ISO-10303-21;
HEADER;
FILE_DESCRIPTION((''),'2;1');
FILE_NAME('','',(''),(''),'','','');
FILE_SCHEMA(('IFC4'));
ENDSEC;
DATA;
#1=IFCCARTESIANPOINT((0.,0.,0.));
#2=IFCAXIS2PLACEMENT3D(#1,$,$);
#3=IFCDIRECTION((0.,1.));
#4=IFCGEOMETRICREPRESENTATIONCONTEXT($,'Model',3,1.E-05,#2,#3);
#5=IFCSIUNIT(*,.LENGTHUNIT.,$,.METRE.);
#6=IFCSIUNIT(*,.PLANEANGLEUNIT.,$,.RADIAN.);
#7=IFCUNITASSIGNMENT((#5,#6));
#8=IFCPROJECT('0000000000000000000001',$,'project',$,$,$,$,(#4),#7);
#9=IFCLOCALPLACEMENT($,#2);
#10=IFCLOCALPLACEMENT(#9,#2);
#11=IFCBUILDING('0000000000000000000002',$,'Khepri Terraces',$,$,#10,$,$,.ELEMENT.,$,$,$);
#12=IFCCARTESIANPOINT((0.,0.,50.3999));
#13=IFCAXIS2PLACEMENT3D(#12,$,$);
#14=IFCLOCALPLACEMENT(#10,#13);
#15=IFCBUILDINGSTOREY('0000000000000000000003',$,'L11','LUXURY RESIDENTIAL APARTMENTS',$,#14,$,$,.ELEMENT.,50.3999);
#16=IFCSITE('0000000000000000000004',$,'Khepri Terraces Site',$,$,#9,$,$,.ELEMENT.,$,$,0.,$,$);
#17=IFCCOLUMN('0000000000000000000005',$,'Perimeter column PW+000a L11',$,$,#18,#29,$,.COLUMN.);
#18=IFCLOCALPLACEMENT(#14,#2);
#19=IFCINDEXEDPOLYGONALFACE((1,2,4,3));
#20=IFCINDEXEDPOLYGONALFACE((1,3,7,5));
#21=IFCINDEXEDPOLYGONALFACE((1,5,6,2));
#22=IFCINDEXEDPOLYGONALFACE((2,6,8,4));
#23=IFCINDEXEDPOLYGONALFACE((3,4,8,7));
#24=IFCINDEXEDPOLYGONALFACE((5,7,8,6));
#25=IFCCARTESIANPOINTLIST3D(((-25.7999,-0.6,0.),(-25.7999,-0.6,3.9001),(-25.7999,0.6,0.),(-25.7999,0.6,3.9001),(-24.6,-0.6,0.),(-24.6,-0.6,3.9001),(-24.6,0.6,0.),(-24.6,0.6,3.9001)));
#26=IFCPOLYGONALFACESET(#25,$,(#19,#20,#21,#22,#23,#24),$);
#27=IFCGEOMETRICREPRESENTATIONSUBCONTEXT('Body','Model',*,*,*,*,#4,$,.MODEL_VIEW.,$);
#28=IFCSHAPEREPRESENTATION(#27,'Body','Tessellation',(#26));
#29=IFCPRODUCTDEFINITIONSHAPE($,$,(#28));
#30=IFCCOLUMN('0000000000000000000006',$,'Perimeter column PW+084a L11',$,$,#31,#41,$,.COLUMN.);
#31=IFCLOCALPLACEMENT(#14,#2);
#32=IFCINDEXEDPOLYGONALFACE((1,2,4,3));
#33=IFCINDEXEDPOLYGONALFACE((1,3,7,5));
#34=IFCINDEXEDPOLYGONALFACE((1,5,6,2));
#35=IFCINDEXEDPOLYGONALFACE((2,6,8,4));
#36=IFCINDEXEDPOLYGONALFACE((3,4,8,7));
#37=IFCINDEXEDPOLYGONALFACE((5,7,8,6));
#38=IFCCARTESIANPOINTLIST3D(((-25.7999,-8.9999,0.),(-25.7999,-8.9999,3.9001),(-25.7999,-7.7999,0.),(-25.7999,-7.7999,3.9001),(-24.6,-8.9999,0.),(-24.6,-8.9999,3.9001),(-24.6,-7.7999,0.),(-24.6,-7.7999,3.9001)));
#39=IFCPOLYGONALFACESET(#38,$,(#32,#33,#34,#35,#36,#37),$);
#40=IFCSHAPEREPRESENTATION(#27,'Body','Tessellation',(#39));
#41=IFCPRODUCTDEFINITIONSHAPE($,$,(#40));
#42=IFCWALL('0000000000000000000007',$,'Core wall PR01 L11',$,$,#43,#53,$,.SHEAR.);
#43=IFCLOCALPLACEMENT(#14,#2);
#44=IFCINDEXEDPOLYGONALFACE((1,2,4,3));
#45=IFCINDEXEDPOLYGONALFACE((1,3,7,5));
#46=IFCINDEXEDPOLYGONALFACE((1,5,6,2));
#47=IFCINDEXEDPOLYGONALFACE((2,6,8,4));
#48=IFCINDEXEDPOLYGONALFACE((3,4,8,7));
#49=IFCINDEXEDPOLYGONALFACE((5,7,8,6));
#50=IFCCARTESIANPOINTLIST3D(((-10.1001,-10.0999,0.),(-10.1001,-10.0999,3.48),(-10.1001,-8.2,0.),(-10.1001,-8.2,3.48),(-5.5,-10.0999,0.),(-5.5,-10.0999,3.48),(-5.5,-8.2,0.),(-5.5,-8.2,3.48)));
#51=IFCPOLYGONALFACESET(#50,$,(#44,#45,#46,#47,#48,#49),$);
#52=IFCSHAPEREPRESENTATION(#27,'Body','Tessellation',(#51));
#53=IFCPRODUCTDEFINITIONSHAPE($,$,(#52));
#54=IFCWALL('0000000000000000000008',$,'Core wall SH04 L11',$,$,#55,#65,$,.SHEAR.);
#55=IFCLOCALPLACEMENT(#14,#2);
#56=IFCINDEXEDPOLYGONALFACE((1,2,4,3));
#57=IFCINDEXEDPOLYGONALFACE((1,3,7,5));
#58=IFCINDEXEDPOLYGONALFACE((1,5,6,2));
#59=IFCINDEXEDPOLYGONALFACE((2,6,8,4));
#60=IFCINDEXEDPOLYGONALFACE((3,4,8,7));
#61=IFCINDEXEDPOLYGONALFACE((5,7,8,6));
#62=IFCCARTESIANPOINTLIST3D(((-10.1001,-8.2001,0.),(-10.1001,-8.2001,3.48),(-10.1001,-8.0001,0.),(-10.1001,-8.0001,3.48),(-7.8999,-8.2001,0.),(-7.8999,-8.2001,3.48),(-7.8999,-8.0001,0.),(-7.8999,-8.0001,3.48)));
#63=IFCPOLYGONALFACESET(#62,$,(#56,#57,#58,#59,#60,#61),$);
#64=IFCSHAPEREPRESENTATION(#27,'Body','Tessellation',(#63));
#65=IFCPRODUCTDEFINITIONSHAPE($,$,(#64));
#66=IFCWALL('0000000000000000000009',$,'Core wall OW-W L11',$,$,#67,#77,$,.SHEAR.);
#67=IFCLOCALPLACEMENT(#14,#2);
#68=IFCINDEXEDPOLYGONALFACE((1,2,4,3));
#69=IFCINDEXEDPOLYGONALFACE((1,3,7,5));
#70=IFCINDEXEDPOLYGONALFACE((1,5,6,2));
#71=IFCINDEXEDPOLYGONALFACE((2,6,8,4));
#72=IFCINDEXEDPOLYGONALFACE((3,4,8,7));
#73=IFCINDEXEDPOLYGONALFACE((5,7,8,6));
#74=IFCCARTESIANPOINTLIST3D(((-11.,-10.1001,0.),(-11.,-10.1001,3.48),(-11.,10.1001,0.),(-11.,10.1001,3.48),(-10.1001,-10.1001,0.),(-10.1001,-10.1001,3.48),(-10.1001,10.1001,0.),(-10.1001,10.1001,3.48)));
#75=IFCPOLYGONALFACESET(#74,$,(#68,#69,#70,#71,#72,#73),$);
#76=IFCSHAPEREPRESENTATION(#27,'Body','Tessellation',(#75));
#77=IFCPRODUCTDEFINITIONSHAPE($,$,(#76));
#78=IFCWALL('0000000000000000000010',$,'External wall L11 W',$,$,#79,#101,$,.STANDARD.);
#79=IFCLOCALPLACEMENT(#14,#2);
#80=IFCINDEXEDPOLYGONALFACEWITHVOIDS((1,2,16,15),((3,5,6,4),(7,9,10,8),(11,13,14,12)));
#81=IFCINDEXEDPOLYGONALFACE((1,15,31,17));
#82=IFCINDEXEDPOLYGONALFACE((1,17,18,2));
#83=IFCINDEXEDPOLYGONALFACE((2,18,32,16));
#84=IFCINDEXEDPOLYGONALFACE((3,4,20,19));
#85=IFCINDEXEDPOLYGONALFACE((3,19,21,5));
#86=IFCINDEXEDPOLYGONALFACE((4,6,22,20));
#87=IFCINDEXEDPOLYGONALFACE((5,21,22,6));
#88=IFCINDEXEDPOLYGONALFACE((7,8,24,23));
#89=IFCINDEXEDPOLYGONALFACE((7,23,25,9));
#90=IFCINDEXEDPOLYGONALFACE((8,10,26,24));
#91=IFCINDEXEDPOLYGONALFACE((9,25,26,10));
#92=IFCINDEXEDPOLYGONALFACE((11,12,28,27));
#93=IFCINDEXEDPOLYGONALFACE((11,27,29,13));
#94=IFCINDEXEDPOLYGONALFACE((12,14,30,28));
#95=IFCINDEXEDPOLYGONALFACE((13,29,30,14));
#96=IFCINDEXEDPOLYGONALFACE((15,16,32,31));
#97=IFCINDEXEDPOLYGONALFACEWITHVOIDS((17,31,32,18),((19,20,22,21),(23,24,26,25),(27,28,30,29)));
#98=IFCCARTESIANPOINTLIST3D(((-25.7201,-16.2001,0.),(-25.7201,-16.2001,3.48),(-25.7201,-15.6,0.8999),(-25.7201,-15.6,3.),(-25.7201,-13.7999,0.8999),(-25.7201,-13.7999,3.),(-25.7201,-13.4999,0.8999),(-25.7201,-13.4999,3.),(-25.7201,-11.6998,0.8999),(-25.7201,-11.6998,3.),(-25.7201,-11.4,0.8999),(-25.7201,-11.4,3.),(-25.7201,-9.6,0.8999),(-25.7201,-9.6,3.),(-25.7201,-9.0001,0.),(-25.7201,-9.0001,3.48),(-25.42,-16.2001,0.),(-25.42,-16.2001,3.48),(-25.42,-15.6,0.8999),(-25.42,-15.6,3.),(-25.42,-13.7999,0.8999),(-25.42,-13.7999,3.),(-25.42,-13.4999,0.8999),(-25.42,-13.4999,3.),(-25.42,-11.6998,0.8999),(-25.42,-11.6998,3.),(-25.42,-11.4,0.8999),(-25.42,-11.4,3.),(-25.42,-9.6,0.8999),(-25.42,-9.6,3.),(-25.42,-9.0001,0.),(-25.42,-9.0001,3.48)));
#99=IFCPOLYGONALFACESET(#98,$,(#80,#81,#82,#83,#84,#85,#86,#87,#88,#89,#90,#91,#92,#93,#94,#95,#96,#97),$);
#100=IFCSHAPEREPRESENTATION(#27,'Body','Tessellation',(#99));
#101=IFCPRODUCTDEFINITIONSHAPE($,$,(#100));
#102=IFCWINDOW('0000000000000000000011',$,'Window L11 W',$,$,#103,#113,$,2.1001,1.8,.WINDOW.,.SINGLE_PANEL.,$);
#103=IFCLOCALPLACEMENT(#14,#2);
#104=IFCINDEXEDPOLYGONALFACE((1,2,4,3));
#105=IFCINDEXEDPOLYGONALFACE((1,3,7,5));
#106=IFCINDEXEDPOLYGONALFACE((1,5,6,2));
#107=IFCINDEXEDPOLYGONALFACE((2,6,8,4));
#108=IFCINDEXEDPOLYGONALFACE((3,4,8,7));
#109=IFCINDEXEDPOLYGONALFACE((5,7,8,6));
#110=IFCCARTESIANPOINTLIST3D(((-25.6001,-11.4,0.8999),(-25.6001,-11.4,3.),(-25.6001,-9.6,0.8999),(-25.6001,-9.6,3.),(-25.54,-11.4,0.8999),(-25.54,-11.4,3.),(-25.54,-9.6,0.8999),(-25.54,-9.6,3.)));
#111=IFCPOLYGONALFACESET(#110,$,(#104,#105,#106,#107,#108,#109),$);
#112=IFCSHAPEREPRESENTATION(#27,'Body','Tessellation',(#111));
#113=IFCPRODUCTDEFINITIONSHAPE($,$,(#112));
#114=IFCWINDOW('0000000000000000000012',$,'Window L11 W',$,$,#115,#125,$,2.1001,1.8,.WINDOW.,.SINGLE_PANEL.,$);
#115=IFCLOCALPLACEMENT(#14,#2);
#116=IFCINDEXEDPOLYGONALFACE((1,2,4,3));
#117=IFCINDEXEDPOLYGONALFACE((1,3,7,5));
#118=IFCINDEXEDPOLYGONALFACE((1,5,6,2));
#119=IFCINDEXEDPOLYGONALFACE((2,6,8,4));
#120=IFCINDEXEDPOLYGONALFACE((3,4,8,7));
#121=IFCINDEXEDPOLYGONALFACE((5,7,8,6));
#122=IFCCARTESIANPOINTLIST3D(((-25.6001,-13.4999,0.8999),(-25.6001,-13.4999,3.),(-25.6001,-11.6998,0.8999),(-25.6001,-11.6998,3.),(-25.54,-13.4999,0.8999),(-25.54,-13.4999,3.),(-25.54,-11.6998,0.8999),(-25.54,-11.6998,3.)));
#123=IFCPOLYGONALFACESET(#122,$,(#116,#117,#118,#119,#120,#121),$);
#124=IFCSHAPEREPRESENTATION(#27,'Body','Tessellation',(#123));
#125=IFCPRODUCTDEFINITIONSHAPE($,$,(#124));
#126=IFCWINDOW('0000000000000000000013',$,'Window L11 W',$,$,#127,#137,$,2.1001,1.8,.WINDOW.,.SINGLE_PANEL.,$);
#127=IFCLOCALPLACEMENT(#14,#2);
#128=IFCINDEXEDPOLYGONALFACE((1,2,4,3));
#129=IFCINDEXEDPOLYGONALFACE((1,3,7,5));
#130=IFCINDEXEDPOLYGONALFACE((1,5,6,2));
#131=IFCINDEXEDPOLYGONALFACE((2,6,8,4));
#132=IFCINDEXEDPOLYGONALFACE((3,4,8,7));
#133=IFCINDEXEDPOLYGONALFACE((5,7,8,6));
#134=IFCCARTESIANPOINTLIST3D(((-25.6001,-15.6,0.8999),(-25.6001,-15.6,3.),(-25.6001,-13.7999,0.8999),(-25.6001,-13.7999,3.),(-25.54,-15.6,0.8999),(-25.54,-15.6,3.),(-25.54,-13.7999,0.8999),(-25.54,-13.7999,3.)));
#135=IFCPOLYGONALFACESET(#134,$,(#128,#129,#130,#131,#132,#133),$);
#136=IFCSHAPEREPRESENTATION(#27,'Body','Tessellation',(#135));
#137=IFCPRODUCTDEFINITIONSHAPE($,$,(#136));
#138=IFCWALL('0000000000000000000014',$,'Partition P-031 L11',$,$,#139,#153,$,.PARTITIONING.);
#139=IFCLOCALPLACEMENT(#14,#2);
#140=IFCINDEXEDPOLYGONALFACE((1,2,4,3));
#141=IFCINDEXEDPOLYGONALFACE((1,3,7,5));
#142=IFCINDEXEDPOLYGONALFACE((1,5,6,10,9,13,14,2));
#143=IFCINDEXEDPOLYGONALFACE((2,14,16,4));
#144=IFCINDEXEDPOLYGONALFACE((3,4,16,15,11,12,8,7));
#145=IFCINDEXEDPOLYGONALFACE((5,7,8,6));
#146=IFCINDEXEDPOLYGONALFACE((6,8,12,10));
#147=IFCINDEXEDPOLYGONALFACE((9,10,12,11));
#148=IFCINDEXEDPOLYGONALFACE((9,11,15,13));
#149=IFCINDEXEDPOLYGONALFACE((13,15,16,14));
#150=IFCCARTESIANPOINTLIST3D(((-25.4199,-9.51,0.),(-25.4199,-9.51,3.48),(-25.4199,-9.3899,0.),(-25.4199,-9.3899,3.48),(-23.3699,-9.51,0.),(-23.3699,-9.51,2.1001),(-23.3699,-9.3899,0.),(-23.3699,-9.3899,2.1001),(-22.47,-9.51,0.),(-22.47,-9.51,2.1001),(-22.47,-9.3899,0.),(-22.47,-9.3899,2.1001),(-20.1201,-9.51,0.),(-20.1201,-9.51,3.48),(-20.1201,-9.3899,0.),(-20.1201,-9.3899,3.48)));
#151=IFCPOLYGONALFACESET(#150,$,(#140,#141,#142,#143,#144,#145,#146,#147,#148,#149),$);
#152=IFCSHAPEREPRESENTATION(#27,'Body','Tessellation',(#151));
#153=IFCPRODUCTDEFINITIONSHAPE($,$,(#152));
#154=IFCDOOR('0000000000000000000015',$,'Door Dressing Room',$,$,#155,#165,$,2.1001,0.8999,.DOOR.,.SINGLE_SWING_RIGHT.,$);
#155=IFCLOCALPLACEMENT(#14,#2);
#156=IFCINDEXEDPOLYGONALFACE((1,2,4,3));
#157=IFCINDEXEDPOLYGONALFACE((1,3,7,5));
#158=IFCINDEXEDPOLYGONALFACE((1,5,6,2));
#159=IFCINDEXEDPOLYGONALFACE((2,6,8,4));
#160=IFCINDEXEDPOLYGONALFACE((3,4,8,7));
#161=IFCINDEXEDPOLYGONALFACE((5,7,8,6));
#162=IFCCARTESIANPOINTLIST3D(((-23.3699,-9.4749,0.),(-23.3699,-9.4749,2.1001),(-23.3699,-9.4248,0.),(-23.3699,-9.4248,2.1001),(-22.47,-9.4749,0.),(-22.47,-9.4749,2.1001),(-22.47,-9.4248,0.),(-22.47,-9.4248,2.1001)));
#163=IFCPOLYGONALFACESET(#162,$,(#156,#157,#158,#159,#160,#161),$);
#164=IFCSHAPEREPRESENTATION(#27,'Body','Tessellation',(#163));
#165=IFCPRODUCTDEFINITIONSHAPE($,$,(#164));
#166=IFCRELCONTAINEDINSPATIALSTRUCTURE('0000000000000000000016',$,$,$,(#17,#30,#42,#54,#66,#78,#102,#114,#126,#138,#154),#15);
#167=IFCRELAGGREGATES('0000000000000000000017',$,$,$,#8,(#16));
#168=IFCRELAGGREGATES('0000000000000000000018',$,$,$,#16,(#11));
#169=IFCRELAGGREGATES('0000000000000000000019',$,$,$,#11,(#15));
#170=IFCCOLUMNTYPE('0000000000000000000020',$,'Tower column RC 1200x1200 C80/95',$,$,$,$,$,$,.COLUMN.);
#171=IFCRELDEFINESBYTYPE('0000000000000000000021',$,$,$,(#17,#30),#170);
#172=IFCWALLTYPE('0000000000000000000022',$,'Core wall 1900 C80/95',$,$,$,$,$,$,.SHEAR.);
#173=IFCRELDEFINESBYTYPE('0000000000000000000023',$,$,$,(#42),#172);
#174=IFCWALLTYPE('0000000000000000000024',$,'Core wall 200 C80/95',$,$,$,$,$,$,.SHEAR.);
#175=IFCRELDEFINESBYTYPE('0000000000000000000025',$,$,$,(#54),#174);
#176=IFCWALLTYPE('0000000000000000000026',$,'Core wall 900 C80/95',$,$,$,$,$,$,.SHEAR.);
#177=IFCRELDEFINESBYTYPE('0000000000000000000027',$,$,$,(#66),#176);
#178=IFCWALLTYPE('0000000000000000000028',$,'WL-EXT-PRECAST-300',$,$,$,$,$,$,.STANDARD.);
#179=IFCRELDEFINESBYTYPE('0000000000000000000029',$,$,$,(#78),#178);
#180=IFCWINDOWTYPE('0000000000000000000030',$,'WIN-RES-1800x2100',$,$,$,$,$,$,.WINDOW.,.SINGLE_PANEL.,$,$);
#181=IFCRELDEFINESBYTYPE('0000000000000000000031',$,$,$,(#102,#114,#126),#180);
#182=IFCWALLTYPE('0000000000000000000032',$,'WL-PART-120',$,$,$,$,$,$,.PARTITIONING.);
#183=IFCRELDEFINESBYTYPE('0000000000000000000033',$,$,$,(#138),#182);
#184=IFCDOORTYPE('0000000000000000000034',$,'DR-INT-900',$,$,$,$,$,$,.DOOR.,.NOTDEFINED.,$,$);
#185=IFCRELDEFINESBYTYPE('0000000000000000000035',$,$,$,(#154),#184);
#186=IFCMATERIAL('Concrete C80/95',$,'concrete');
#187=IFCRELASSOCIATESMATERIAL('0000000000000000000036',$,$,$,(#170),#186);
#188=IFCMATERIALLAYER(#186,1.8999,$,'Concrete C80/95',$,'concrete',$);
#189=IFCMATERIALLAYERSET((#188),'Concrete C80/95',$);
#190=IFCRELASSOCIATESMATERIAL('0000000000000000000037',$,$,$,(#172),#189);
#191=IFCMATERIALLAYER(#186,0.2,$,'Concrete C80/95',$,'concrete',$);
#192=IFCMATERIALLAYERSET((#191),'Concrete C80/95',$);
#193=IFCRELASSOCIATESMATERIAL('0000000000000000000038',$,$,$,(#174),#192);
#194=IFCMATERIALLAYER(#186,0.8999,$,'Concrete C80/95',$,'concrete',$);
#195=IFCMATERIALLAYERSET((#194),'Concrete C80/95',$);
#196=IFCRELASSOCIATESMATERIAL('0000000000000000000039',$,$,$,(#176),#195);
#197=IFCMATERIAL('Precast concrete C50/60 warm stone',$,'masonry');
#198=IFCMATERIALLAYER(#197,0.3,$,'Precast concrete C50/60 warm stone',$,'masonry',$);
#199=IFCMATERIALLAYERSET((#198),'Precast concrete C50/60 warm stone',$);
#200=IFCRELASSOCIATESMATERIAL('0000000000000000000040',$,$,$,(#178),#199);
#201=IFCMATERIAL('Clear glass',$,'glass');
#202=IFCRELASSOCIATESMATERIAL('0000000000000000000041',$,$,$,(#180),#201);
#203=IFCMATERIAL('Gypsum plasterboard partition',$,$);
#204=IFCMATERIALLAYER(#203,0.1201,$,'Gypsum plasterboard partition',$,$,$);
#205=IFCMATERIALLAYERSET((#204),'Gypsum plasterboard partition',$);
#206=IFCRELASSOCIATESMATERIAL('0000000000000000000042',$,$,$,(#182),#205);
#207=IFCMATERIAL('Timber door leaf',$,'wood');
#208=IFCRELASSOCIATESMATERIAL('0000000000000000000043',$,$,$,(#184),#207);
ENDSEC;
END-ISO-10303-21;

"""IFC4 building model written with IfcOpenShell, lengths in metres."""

from ifc_helpers import new_model, si_unit, direction, frame, frame_2d, origin, origin_2d, place, context, subcontext, project, spatial, rectangle, extrude, material, layer, layer_set, material_profile, profile_set, type_object, element, fill, save


model = new_model("IFC4")

# Units and contexts
model_context = context("Model", 3, precision=1e-05, world=origin(), true_north=direction((0.0, 1.0)))
body_context = subcontext(model_context, "Body", "Model", "MODEL_VIEW")
ifc_project = project(units=[si_unit("LENGTHUNIT", "METRE"), si_unit("PLANEANGLEUNIT", "RADIAN")], contexts=[model_context])

# Site, building, storey
site_placement = place(None, origin())
site = spatial("IfcSite", under=ifc_project, at=site_placement, Name="Khepri Terraces Site", CompositionType="ELEMENT", RefElevation=0.0)
building_placement = place(site_placement, origin())
building = spatial("IfcBuilding", under=site, at=building_placement, Name="Khepri Terraces", CompositionType="ELEMENT")
storey_placement = place(building_placement, frame((0.0, 0.0, 50.3999)))
storey = spatial("IfcBuildingStorey", under=building, at=storey_placement, Name="L11", Description="LUXURY RESIDENTIAL APARTMENTS", CompositionType="ELEMENT", Elevation=50.3999)

# Columns
ifc_material_1 = material(Name="Concrete C80/95", Category="concrete")
ifc_material_profile = material_profile(ifc_material_1, rectangle(XDim=1.2, YDim=1.2, at=origin_2d()), Name="Concrete C80/95", Category="concrete")
ifc_profile_set = profile_set([ifc_material_profile], Name="Concrete C80/95")
column_type = type_object("IfcColumnType", Name="Tower column RC 1200x1200 C80/95", PredefinedType="COLUMN", material=ifc_profile_set)
for number, where, z_axis, x_axis, name in (
    (1, (-25.2, 0.0, 0.0), (0.0, 0.0, 1.0), (1.0, 0.0, 0.0), "Perimeter column PW+000a L11"),
    (2, (-25.2, -8.3999, 0.0), (0.0, 0.0, 1.0), (1.0, 0.0, 0.0), "Perimeter column PW+084a L11"),
):
    element("IfcColumn", number, at=place(storey_placement, frame(where, z_axis=z_axis, x_axis=x_axis)), inside=storey, type_object=column_type, Name=name, PredefinedType="COLUMN", context=body_context, shape_type="SweptSolid", body=[
        extrude(rectangle(XDim=1.2, YDim=1.2, at=origin_2d()), origin(), (0.0, 0.0, 1.0), 3.9001),
    ])

# Walls
ifc_layer_1 = layer(ifc_material_1, 1.8999, Name="Concrete C80/95", Category="concrete")
ifc_layer_set_1 = layer_set([ifc_layer_1], Name="Concrete C80/95")
wall_type_1 = type_object("IfcWallType", Name="Core wall 1900 C80/95", PredefinedType="SHEAR", material=ifc_layer_set_1)
wall_1_placement = place(storey_placement, frame((-10.1001, -9.1499, 0.0), z_axis=(0.0, 0.0, 1.0), x_axis=(1.0, 0.0, 0.0)))
element("IfcWall", 3, at=wall_1_placement, inside=storey, type_object=wall_type_1, Name="Core wall PR01 L11", PredefinedType="SHEAR", context=body_context, shape_type="SweptSolid", body=[
    extrude(rectangle(XDim=4.6001, YDim=1.8999, at=frame_2d((2.3, 0.0))), origin(), (0.0, 0.0, 1.0), 3.48),
])
ifc_layer_2 = layer(ifc_material_1, 0.2, Name="Concrete C80/95", Category="concrete")
ifc_layer_set_2 = layer_set([ifc_layer_2], Name="Concrete C80/95")
wall_type_2 = type_object("IfcWallType", Name="Core wall 200 C80/95", PredefinedType="SHEAR", material=ifc_layer_set_2)
wall_2_placement = place(storey_placement, frame((-10.1001, -8.1001, 0.0), z_axis=(0.0, 0.0, 1.0), x_axis=(1.0, 0.0, 0.0)))
element("IfcWall", 4, at=wall_2_placement, inside=storey, type_object=wall_type_2, Name="Core wall SH04 L11", PredefinedType="SHEAR", context=body_context, shape_type="SweptSolid", body=[
    extrude(rectangle(XDim=2.2002, YDim=0.2, at=frame_2d((1.1001, 0.0))), origin(), (0.0, 0.0, 1.0), 3.48),
])
ifc_layer_3 = layer(ifc_material_1, 0.8999, Name="Concrete C80/95", Category="concrete")
ifc_layer_set_3 = layer_set([ifc_layer_3], Name="Concrete C80/95")
wall_type_3 = type_object("IfcWallType", Name="Core wall 900 C80/95", PredefinedType="SHEAR", material=ifc_layer_set_3)
wall_3_placement = place(storey_placement, frame((-10.55, -10.1001, 0.0), z_axis=(0.0, 0.0, 1.0), x_axis=(0.0, 1.0, 0.0)))
element("IfcWall", 5, at=wall_3_placement, inside=storey, type_object=wall_type_3, Name="Core wall OW-W L11", PredefinedType="SHEAR", context=body_context, shape_type="SweptSolid", body=[
    extrude(rectangle(XDim=20.2002, YDim=0.8999, at=frame_2d((10.1001, 0.0))), origin(), (0.0, 0.0, 1.0), 3.48),
])

# Shared definitions
ifc_material_2 = material(Name="Precast concrete C50/60 warm stone", Category="masonry")
ifc_layer_4 = layer(ifc_material_2, 0.3, Name="Precast concrete C50/60 warm stone", Category="masonry")
ifc_layer_set_4 = layer_set([ifc_layer_4], Name="Precast concrete C50/60 warm stone")
wall_type_4 = type_object("IfcWallType", Name="WL-EXT-PRECAST-300", PredefinedType="STANDARD", material=ifc_layer_set_4)
ifc_material_3 = material(Name="Clear glass", Category="glass")
window_type = type_object("IfcWindowType", Name="WIN-RES-1800x2100", PartitioningType="SINGLE_PANEL", PredefinedType="WINDOW", material=ifc_material_3)

# Wall, openings, windows
wall_4_placement = place(storey_placement, frame((-25.5701, -9.0, 0.0), z_axis=(0.0, 0.0, 1.0), x_axis=(0.0, -1.0, 0.0)))
wall_4 = element("IfcWall", 6, at=wall_4_placement, inside=storey, type_object=wall_type_4, Name="External wall L11 W", PredefinedType="STANDARD", context=body_context, shape_type="SweptSolid", body=[
    extrude(rectangle(XDim=7.2, YDim=0.3, at=frame_2d((3.6001, 0.0))), origin(), (0.0, 0.0, 1.0), 3.48),
])
opening_1_placement = place(wall_4_placement, frame((0.6001, 0.0, 0.8999)))
opening_1 = element("IfcOpeningElement", 7, at=opening_1_placement, cuts=wall_4, PredefinedType="OPENING", context=body_context, shape_type="SweptSolid", body=[
    extrude(rectangle(XDim=1.8, YDim=2.1001, at=frame_2d((0.8999, 1.05))), frame((0.0, 0.1602, 0.0), z_axis=(0.0, -1.0, 0.0), x_axis=(1.0, 0.0, 0.0)), (0.0, 0.0, 1.0), 0.3201),
])
opening_2_placement = place(wall_4_placement, frame((2.7, 0.0, 0.8999)))
opening_2 = element("IfcOpeningElement", 8, at=opening_2_placement, cuts=wall_4, PredefinedType="OPENING", context=body_context, shape_type="SweptSolid", body=[
    extrude(rectangle(XDim=1.8, YDim=2.1001, at=frame_2d((0.8999, 1.05))), frame((0.0, 0.1602, 0.0), z_axis=(0.0, -1.0, 0.0), x_axis=(1.0, 0.0, 0.0)), (0.0, 0.0, 1.0), 0.3201),
])
opening_3_placement = place(wall_4_placement, frame((4.8, 0.0, 0.8999)))
opening_3 = element("IfcOpeningElement", 9, at=opening_3_placement, cuts=wall_4, PredefinedType="OPENING", context=body_context, shape_type="SweptSolid", body=[
    extrude(rectangle(XDim=1.8, YDim=2.1001, at=frame_2d((0.8999, 1.05))), frame((0.0, 0.1602, 0.0), z_axis=(0.0, -1.0, 0.0), x_axis=(1.0, 0.0, 0.0)), (0.0, 0.0, 1.0), 0.3201),
])
window_1_placement = place(opening_1_placement, origin())
window_1 = element("IfcWindow", 10, at=window_1_placement, inside=storey, type_object=window_type, Name="Window L11 W", OverallHeight=2.1001, OverallWidth=1.8, PartitioningType="SINGLE_PANEL", PredefinedType="WINDOW", context=body_context, shape_type="SweptSolid", body=[
    extrude(rectangle(XDim=1.8, YDim=2.1001, at=frame_2d((0.8999, 1.05))), frame((0.0, 0.03, 0.0), z_axis=(0.0, -1.0, 0.0), x_axis=(1.0, 0.0, 0.0)), (0.0, 0.0, 1.0), 0.0601),
])
fill(opening_1, window_1)
window_2_placement = place(opening_2_placement, origin())
window_2 = element("IfcWindow", 11, at=window_2_placement, inside=storey, type_object=window_type, Name="Window L11 W", OverallHeight=2.1001, OverallWidth=1.8, PartitioningType="SINGLE_PANEL", PredefinedType="WINDOW", context=body_context, shape_type="SweptSolid", body=[
    extrude(rectangle(XDim=1.8, YDim=2.1001, at=frame_2d((0.8999, 1.05))), frame((0.0, 0.03, 0.0), z_axis=(0.0, -1.0, 0.0), x_axis=(1.0, 0.0, 0.0)), (0.0, 0.0, 1.0), 0.0601),
])
fill(opening_2, window_2)
window_3_placement = place(opening_3_placement, origin())
window_3 = element("IfcWindow", 12, at=window_3_placement, inside=storey, type_object=window_type, Name="Window L11 W", OverallHeight=2.1001, OverallWidth=1.8, PartitioningType="SINGLE_PANEL", PredefinedType="WINDOW", context=body_context, shape_type="SweptSolid", body=[
    extrude(rectangle(XDim=1.8, YDim=2.1001, at=frame_2d((0.8999, 1.05))), frame((0.0, 0.03, 0.0), z_axis=(0.0, -1.0, 0.0), x_axis=(1.0, 0.0, 0.0)), (0.0, 0.0, 1.0), 0.0601),
])
fill(opening_3, window_3)

# Wall, opening, door
ifc_material_4 = material(Name="Gypsum plasterboard partition")
ifc_layer_5 = layer(ifc_material_4, 0.1201, Name="Gypsum plasterboard partition")
ifc_layer_set_5 = layer_set([ifc_layer_5], Name="Gypsum plasterboard partition")
wall_type_5 = type_object("IfcWallType", Name="WL-PART-120", PredefinedType="PARTITIONING", material=ifc_layer_set_5)
wall_5_placement = place(storey_placement, frame((-25.4199, -9.45, 0.0), z_axis=(0.0, 0.0, 1.0), x_axis=(1.0, 0.0, 0.0)))
wall_5 = element("IfcWall", 13, at=wall_5_placement, inside=storey, type_object=wall_type_5, Name="Partition P-031 L11", PredefinedType="PARTITIONING", context=body_context, shape_type="SweptSolid", body=[
    extrude(rectangle(XDim=5.2998, YDim=0.1201, at=frame_2d((2.6499, 0.0))), origin(), (0.0, 0.0, 1.0), 3.48),
])
opening_4_placement = place(wall_5_placement, frame((2.05, 0.0, 0.0)))
opening_4 = element("IfcOpeningElement", 14, at=opening_4_placement, cuts=wall_5, PredefinedType="OPENING", context=body_context, shape_type="SweptSolid", body=[
    extrude(rectangle(XDim=0.8999, YDim=2.1001, at=frame_2d((0.45, 1.05))), frame((0.0, 0.0701, 0.0), z_axis=(0.0, -1.0, 0.0), x_axis=(1.0, 0.0, 0.0)), (0.0, 0.0, 1.0), 0.1401),
])
ifc_material_5 = material(Name="Timber door leaf", Category="wood")
door_type_1 = type_object("IfcDoorType", Name="DR-INT-900", OperationType="NOTDEFINED", PredefinedType="DOOR", material=ifc_material_5)
door_1_placement = place(opening_4_placement, frame((0.8999, 0.0, 0.0), z_axis=(0.0, 0.0, 1.0), x_axis=(-1.0, 0.0, 0.0)))
door_1 = element("IfcDoor", 15, at=door_1_placement, inside=storey, type_object=door_type_1, Name="Door Dressing Room", OperationType="SINGLE_SWING_RIGHT", OverallHeight=2.1001, OverallWidth=0.8999, PredefinedType="DOOR", context=body_context, shape_type="SweptSolid", body=[
    extrude(rectangle(XDim=0.8999, YDim=2.1001, at=frame_2d((0.45, 1.05))), frame((0.0, 0.0249, 0.0), z_axis=(0.0, -1.0, 0.0), x_axis=(1.0, 0.0, 0.0)), (0.0, 0.0, 1.0), 0.05),
])
fill(opening_4, door_1)

save(model, "model.ifc")
